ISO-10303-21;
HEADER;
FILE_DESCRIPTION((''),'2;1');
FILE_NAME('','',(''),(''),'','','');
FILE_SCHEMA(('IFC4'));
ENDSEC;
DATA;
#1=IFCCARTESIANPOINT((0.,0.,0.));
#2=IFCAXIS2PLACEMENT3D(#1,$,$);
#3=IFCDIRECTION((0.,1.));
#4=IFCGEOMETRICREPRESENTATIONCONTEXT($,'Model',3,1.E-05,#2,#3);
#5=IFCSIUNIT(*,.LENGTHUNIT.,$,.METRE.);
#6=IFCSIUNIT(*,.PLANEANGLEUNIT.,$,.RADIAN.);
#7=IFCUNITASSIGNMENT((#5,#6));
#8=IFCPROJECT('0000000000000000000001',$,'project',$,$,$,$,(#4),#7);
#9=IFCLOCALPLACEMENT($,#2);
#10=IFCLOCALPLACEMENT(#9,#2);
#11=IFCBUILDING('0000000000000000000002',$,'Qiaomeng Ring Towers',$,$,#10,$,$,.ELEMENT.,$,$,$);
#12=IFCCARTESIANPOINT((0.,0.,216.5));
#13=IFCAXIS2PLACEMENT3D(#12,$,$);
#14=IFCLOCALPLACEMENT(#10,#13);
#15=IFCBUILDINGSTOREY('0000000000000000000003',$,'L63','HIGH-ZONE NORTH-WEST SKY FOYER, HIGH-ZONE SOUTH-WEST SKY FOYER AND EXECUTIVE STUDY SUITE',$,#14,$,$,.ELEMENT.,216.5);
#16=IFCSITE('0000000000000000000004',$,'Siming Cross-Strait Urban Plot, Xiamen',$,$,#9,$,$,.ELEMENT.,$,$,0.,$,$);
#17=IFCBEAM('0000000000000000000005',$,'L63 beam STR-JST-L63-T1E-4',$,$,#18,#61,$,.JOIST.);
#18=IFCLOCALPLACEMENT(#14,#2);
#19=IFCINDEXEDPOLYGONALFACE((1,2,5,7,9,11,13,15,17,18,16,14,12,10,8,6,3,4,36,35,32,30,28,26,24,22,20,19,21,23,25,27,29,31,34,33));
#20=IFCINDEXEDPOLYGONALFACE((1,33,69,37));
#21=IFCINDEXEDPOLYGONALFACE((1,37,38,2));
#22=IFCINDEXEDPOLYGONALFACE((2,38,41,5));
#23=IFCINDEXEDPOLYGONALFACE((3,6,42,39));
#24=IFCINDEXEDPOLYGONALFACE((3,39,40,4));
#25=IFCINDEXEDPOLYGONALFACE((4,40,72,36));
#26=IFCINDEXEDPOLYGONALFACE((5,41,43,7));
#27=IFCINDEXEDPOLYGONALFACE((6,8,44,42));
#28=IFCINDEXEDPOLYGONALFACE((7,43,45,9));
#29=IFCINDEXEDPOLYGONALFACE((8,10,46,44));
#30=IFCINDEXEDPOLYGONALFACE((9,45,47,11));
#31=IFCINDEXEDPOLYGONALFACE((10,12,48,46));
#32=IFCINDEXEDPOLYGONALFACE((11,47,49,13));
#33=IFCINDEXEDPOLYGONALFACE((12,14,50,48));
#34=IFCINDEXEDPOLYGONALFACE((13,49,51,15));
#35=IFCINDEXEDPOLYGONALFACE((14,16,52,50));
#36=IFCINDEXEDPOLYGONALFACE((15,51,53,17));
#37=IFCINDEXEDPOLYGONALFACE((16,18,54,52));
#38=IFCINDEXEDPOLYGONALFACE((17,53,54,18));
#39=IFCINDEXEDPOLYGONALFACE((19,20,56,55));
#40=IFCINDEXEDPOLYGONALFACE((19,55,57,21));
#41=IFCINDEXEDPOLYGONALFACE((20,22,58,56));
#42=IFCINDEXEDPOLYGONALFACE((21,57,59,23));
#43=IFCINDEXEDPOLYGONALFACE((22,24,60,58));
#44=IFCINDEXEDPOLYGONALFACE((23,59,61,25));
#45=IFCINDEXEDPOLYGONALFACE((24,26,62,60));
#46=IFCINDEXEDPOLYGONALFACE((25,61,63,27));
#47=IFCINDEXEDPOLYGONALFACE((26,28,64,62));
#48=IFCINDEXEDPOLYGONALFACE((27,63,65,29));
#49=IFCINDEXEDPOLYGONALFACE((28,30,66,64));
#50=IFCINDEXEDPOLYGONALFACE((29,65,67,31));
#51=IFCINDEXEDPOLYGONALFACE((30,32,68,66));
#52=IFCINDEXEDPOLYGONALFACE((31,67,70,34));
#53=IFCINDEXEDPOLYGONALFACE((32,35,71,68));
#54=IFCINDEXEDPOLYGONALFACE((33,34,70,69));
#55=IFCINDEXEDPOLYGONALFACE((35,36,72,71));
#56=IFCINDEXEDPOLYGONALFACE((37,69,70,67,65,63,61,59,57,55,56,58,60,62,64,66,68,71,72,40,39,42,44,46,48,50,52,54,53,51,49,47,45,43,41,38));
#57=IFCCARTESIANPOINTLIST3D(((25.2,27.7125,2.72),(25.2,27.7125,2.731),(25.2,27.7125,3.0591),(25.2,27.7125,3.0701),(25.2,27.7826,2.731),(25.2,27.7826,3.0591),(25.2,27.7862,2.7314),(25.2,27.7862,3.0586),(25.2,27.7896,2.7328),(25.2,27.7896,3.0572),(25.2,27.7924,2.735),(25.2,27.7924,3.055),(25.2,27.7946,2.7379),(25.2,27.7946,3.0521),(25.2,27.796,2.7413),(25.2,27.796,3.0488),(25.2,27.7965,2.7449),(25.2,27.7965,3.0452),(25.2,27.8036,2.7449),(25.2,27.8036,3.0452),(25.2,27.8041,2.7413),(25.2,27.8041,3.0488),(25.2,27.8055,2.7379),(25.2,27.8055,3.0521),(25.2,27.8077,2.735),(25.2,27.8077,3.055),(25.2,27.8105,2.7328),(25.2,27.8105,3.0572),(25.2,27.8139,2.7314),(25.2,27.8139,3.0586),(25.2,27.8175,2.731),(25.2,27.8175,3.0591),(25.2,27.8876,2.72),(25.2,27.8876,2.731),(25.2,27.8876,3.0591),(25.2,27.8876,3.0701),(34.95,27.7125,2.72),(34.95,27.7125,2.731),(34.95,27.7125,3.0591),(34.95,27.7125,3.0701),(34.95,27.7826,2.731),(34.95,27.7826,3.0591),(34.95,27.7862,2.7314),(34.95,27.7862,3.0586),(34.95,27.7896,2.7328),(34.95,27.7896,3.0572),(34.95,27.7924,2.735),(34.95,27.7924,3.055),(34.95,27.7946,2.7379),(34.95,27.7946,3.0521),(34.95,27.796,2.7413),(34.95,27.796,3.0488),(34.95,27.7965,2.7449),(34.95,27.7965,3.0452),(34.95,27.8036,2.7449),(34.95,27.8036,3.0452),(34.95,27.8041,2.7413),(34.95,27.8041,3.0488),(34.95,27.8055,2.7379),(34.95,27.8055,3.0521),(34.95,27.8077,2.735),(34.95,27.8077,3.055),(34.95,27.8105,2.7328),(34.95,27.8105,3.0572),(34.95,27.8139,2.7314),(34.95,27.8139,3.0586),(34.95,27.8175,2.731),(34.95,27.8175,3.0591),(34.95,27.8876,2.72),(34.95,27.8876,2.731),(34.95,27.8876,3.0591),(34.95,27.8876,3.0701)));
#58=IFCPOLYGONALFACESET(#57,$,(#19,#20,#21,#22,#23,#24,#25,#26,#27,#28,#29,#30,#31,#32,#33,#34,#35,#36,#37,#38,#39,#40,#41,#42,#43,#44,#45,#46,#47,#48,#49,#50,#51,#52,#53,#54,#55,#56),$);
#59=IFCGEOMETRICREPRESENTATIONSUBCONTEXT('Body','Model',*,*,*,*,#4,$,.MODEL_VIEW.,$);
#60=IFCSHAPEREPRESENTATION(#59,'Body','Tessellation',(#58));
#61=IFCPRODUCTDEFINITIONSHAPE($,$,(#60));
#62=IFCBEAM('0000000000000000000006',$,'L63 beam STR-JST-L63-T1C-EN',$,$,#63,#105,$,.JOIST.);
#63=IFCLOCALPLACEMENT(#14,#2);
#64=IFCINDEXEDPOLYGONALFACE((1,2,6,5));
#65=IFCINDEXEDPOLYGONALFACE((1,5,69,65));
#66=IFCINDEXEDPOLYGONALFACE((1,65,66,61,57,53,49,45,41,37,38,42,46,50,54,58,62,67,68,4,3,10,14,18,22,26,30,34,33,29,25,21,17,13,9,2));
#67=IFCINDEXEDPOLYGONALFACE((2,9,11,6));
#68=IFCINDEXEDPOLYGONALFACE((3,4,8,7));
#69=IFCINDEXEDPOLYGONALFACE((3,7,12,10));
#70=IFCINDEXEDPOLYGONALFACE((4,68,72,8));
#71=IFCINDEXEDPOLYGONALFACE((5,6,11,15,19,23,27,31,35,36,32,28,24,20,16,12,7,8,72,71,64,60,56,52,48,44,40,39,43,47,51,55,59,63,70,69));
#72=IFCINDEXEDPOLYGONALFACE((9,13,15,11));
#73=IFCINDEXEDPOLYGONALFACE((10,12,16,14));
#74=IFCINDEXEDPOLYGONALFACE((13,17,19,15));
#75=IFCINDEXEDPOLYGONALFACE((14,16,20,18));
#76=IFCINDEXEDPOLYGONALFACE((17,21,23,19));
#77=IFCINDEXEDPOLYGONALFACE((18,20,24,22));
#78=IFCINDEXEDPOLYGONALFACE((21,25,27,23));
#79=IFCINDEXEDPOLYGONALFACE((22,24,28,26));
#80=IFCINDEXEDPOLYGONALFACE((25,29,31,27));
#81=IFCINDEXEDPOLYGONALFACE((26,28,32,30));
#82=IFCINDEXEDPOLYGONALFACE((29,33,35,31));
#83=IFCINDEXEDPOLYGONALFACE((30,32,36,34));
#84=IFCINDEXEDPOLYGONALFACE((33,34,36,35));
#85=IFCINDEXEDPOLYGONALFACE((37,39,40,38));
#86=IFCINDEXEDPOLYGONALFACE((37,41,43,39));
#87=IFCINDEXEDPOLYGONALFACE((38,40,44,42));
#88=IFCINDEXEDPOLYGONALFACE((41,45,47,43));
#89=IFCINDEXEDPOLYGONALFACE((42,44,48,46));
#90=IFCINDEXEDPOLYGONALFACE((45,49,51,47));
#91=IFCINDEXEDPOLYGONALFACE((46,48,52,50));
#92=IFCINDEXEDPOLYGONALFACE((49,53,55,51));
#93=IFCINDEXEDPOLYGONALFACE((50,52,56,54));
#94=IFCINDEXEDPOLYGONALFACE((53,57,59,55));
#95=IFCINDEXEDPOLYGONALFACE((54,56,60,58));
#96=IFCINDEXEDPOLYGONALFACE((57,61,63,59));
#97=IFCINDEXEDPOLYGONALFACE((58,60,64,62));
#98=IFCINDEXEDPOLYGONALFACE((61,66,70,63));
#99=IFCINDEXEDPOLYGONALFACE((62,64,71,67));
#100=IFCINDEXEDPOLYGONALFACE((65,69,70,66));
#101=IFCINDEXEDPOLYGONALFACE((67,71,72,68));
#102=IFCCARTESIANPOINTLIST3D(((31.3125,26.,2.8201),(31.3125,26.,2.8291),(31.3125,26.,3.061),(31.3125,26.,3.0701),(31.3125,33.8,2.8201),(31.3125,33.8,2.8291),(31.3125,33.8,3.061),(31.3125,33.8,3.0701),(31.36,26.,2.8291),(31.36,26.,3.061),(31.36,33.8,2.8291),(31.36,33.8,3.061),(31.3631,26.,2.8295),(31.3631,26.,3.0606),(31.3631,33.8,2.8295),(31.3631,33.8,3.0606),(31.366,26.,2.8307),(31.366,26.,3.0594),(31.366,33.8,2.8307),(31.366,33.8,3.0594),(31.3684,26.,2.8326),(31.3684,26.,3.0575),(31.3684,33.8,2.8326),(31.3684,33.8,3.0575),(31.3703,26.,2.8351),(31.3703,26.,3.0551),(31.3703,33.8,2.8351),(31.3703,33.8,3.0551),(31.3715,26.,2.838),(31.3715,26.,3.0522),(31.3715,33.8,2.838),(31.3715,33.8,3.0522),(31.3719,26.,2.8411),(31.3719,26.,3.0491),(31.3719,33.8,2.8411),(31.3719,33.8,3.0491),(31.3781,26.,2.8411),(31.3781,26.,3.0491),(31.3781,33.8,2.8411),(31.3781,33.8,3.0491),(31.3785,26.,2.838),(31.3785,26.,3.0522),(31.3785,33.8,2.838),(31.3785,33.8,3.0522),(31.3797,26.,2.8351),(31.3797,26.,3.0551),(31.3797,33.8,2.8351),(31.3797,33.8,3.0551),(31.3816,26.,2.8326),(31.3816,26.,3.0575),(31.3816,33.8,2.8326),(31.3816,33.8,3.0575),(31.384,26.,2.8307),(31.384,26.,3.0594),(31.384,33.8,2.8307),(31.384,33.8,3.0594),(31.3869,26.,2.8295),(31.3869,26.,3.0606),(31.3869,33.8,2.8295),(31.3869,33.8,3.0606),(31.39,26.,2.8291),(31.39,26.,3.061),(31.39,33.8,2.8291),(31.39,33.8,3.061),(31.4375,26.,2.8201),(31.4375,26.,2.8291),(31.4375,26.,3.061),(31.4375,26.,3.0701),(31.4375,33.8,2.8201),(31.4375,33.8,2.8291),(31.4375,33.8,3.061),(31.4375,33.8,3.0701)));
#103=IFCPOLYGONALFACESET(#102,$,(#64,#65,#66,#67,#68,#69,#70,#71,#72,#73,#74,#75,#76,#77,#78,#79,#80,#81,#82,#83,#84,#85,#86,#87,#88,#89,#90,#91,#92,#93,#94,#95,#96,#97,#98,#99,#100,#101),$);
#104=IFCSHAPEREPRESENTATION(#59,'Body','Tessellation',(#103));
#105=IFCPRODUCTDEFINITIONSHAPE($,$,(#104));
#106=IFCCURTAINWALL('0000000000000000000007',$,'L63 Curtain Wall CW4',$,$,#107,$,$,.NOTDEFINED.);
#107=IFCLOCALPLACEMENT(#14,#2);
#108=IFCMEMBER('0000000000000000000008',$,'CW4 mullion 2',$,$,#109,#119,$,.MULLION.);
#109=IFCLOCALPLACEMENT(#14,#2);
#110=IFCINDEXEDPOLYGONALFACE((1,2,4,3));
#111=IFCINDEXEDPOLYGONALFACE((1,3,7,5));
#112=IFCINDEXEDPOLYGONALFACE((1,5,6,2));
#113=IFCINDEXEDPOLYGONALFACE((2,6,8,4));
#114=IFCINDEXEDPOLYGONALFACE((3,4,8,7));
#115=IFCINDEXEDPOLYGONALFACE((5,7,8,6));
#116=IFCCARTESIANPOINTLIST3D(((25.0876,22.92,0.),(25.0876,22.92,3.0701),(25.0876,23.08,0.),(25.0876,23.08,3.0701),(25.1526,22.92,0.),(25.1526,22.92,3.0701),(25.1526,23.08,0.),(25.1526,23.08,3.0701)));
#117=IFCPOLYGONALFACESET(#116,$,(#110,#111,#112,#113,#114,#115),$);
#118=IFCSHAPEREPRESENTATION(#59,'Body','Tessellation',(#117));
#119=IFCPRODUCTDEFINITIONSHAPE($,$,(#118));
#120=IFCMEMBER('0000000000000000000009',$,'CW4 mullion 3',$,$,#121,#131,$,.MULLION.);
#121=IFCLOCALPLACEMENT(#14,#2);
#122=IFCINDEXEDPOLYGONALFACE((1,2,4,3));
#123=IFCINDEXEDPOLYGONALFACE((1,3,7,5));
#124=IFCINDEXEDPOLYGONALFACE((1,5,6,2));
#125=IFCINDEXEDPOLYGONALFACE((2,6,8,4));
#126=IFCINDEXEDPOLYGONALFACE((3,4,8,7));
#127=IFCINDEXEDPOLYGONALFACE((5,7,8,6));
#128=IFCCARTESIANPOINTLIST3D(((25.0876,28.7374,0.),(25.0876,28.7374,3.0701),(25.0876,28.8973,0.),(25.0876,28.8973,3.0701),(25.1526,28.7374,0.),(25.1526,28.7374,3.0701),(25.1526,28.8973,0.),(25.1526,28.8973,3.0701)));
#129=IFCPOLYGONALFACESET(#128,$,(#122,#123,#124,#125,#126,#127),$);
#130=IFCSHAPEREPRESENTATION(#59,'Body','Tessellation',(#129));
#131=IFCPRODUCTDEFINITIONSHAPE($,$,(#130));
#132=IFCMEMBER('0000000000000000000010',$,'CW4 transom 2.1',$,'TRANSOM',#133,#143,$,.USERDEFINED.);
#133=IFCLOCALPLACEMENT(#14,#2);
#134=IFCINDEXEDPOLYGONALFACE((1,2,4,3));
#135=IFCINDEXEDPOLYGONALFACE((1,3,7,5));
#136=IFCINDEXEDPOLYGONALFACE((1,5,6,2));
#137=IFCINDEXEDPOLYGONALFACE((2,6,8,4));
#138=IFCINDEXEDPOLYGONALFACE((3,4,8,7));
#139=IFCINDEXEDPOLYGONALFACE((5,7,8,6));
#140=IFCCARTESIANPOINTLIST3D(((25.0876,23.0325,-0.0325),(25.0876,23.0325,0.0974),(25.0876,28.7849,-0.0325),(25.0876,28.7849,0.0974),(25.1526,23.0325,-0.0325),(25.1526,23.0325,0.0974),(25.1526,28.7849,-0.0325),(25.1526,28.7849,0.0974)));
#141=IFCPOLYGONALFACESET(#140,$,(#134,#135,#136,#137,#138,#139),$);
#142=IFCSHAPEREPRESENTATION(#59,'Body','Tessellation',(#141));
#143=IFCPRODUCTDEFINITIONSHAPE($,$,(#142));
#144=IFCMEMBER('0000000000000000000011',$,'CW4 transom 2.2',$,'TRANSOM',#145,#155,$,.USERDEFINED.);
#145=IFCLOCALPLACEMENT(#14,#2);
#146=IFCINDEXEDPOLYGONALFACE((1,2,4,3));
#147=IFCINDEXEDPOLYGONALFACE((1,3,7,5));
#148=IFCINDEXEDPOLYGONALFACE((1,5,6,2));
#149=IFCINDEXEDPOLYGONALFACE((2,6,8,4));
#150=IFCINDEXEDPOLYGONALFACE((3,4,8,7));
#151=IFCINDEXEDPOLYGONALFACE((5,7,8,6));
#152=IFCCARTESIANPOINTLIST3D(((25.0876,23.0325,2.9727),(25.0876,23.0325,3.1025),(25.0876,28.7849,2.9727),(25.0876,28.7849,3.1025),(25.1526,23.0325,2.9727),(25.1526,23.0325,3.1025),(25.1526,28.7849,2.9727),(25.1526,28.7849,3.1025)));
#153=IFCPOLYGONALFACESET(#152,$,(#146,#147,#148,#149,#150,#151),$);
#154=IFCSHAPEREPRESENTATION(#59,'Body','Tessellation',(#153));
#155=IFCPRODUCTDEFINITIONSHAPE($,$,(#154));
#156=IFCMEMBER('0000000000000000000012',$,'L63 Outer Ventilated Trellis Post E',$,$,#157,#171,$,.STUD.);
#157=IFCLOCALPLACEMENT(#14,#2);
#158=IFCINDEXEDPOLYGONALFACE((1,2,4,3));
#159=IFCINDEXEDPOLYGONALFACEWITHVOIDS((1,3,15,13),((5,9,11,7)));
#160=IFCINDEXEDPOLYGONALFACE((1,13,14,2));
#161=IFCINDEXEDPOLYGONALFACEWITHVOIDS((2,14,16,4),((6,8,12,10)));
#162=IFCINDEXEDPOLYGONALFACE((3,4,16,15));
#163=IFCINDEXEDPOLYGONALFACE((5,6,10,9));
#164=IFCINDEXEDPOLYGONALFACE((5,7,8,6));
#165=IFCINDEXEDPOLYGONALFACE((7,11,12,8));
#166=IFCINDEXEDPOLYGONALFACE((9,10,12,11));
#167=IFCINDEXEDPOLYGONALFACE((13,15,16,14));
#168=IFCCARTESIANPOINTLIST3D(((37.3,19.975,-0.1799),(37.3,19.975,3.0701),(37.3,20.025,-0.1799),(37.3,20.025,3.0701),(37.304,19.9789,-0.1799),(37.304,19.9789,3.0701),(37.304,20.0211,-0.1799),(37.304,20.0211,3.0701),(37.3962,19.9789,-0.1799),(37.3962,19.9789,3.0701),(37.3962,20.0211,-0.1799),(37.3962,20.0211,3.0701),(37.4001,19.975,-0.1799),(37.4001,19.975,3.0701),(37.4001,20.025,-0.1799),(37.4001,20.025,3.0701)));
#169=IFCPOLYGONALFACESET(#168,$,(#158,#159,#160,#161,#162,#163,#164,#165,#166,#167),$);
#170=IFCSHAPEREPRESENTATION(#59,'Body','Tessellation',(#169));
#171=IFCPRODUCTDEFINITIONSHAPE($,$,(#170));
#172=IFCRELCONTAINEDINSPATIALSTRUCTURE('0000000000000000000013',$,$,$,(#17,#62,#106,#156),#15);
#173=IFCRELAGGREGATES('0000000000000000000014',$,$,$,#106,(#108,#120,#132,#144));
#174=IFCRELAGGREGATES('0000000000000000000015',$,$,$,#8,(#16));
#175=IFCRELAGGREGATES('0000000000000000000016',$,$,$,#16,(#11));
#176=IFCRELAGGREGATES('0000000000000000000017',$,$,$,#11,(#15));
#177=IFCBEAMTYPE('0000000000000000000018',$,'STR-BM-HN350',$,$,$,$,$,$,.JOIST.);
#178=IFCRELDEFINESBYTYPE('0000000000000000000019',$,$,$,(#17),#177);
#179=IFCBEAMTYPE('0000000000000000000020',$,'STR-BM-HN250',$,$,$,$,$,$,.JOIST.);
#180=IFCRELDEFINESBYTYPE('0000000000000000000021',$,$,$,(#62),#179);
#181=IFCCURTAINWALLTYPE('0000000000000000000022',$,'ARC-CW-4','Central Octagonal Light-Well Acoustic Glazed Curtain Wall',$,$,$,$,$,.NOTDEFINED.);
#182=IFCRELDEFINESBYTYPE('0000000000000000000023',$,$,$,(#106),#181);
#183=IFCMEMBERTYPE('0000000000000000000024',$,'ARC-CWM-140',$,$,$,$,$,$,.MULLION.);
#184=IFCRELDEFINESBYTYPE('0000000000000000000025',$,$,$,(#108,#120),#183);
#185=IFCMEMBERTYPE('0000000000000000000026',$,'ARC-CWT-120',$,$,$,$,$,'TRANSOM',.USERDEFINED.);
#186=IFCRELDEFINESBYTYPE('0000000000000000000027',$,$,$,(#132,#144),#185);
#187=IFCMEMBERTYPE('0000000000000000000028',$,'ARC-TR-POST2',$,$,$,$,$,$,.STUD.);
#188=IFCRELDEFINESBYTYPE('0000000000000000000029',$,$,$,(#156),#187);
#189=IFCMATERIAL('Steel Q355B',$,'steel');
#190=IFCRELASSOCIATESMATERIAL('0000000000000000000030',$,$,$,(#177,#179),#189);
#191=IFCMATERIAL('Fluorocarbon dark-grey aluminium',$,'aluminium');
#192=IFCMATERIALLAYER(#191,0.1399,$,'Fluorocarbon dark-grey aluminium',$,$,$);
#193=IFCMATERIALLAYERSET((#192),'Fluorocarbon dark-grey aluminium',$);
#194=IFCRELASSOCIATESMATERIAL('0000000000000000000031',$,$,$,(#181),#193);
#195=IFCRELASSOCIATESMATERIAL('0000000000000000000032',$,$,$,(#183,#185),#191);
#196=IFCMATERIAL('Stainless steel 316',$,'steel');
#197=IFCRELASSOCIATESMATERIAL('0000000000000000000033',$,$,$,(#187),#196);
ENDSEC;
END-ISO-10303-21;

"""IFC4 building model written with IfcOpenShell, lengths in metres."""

from ifc_helpers import new_model, si_unit, direction, frame, origin, origin_2d, place, context, subcontext, project, spatial, rectangle, hollow_rectangle, i_section, extrude, source, transform, mapped, material, layer, layer_set, material_profile, profile_set, type_object, element, aggregate, save


model = new_model("IFC4")

# Units and contexts
model_context = context("Model", 3, precision=1e-05, world=origin(), true_north=direction((0.0, 1.0)))
body_context = subcontext(model_context, "Body", "Model", "MODEL_VIEW")
ifc_project = project(units=[si_unit("LENGTHUNIT", "METRE"), si_unit("PLANEANGLEUNIT", "RADIAN")], contexts=[model_context])

# Site, building, storey
site_placement = place(None, origin())
site = spatial("IfcSite", under=ifc_project, at=site_placement, Name="Siming Cross-Strait Urban Plot, Xiamen", CompositionType="ELEMENT", RefElevation=0.0)
building_placement = place(site_placement, origin())
building = spatial("IfcBuilding", under=site, at=building_placement, Name="Qiaomeng Ring Towers", CompositionType="ELEMENT")
storey_placement = place(building_placement, frame((0.0, 0.0, 216.5)))
storey = spatial("IfcBuildingStorey", under=building, at=storey_placement, Name="L63", Description="HIGH-ZONE NORTH-WEST SKY FOYER, HIGH-ZONE SOUTH-WEST SKY FOYER AND EXECUTIVE STUDY SUITE", CompositionType="ELEMENT", Elevation=216.5)

# Beams
ifc_material_1 = material(Name="Steel Q355B", Category="steel")
ifc_material_profile_1 = material_profile(ifc_material_1, i_section(OverallWidth=0.175, OverallDepth=0.3501, WebThickness=0.0071, FlangeThickness=0.011, FilletRadius=0.0139, at=origin_2d()), Name="HN 350x175x7x11")
ifc_profile_set_1 = profile_set([ifc_material_profile_1], Name="Steel Q355B")
beam_type_1 = type_object("IfcBeamType", Name="STR-BM-HN350", PredefinedType="JOIST", material=ifc_profile_set_1)
shared_shape_1 = source(origin(), body_context, "Body", "SweptSolid", [
    extrude(i_section(OverallWidth=0.175, OverallDepth=0.3501, WebThickness=0.0071, FlangeThickness=0.011, FilletRadius=0.0139, at=origin_2d()), origin(), (0.0, 0.0, 1.0), 9.75),
])
for number, where, z_axis, x_axis, name in (
    (1, (25.2, 27.8, 2.895), (1.0, 0.0, 0.0), (0.0, 1.0, 0.0), "L63 beam STR-JST-L63-T1E-4"),
):
    element("IfcBeam", number, at=place(storey_placement, frame(where, z_axis=z_axis, x_axis=x_axis)), inside=storey, type_object=beam_type_1, Name=name, PredefinedType="JOIST", context=body_context, shape_type="MappedRepresentation", body=[
        mapped(shared_shape_1, transform((0.0, 0.0, 0.0), x_axis=(1.0, 0.0, 0.0), y_axis=(0.0, 1.0, 0.0), z_axis=(0.0, 0.0, 1.0), scale=1.0)),
    ])
ifc_material_profile_2 = material_profile(ifc_material_1, i_section(OverallWidth=0.125, OverallDepth=0.25, WebThickness=0.0061, FlangeThickness=0.009, FilletRadius=0.012, at=origin_2d()), Name="HN 250x125x6x9")
ifc_profile_set_2 = profile_set([ifc_material_profile_2], Name="Steel Q355B")
beam_type_2 = type_object("IfcBeamType", Name="STR-BM-HN250", PredefinedType="JOIST", material=ifc_profile_set_2)
shared_shape_2 = source(origin(), body_context, "Body", "SweptSolid", [
    extrude(i_section(OverallWidth=0.125, OverallDepth=0.25, WebThickness=0.0061, FlangeThickness=0.009, FilletRadius=0.012, at=origin_2d()), origin(), (0.0, 0.0, 1.0), 7.8),
])
beam_1_placement = place(storey_placement, frame((31.375, 26.0, 2.9451), z_axis=(0.0, 1.0, 0.0), x_axis=(-1.0, 0.0, 0.0)))
element("IfcBeam", 2, at=beam_1_placement, inside=storey, type_object=beam_type_2, Name="L63 beam STR-JST-L63-T1C-EN", PredefinedType="JOIST", context=body_context, shape_type="MappedRepresentation", body=[
    mapped(shared_shape_2, transform((0.0, 0.0, 0.0), x_axis=(1.0, 0.0, 0.0), y_axis=(0.0, 1.0, 0.0), z_axis=(0.0, 0.0, 1.0), scale=1.0)),
])

# Curtain wall, members
ifc_material_2 = material(Name="Fluorocarbon dark-grey aluminium", Category="aluminium")
ifc_layer_1 = layer(ifc_material_2, 0.1399, Name="Fluorocarbon dark-grey aluminium")
ifc_layer_set_1 = layer_set([ifc_layer_1], Name="Fluorocarbon dark-grey aluminium")
curtain_wall_type = type_object("IfcCurtainWallType", Name="ARC-CW-4", Description="Central Octagonal Light-Well Acoustic Glazed Curtain Wall", PredefinedType="NOTDEFINED", material=ifc_layer_set_1)
curtain_wall_placement = place(storey_placement, origin())
curtain_wall = element("IfcCurtainWall", 3, at=curtain_wall_placement, inside=storey, type_object=curtain_wall_type, Name="L63 Curtain Wall CW4", PredefinedType="NOTDEFINED")
ifc_material_profile_3 = material_profile(ifc_material_2, rectangle(XDim=0.0649, YDim=0.1599, at=origin_2d()), Name="ALU MULL 65x160")
ifc_profile_set_3 = profile_set([ifc_material_profile_3], Name="Fluorocarbon dark-grey aluminium")
member_type_1 = type_object("IfcMemberType", Name="ARC-CWM-140", PredefinedType="MULLION", material=ifc_profile_set_3)
shared_shape_3 = source(origin(), body_context, "Body", "SweptSolid", [
    extrude(rectangle(XDim=0.0649, YDim=0.1599, at=origin_2d()), origin(), (0.0, 0.0, 1.0), 3.0701),
])
member_1_placement = place(storey_placement, frame((25.1201, 23.0, 0.0), z_axis=(0.0, 0.0, 1.0), x_axis=(-1.0, 0.0, 0.0)))
member_1 = element("IfcMember", 4, at=member_1_placement, type_object=member_type_1, Name="CW4 mullion 2", PredefinedType="MULLION", context=body_context, shape_type="MappedRepresentation", body=[
    mapped(shared_shape_3, transform((0.0, 0.0, 0.0), x_axis=(1.0, 0.0, 0.0), y_axis=(0.0, 1.0, 0.0), z_axis=(0.0, 0.0, 1.0), scale=1.0)),
])
member_2_placement = place(storey_placement, frame((25.1201, 28.8174, 0.0), z_axis=(0.0, 0.0, 1.0), x_axis=(-1.0, 0.0, 0.0)))
member_2 = element("IfcMember", 5, at=member_2_placement, type_object=member_type_1, Name="CW4 mullion 3", PredefinedType="MULLION", context=body_context, shape_type="MappedRepresentation", body=[
    mapped(shared_shape_3, transform((0.0, 0.0, 0.0), x_axis=(1.0, 0.0, 0.0), y_axis=(0.0, 1.0, 0.0), z_axis=(0.0, 0.0, 1.0), scale=1.0)),
])
ifc_material_profile_4 = material_profile(ifc_material_2, rectangle(XDim=0.0649, YDim=0.1299, at=origin_2d()), Name="ALU TRAN 65x130")
ifc_profile_set_4 = profile_set([ifc_material_profile_4], Name="Fluorocarbon dark-grey aluminium")
member_type_2 = type_object("IfcMemberType", Name="ARC-CWT-120", ElementType="TRANSOM", PredefinedType="USERDEFINED", material=ifc_profile_set_4)
shared_shape_4 = source(origin(), body_context, "Body", "SweptSolid", [
    extrude(rectangle(XDim=0.0649, YDim=0.1299, at=origin_2d()), origin(), (0.0, 0.0, 1.0), 5.7524),
])
member_3_placement = place(storey_placement, frame((25.1201, 23.0325, 0.0325), z_axis=(0.0, 1.0, 0.0), x_axis=(-1.0, 0.0, 0.0)))
member_3 = element("IfcMember", 6, at=member_3_placement, type_object=member_type_2, Name="CW4 transom 2.1", ObjectType="TRANSOM", PredefinedType="USERDEFINED", context=body_context, shape_type="MappedRepresentation", body=[
    mapped(shared_shape_4, transform((0.0, 0.0, 0.0), x_axis=(1.0, 0.0, 0.0), y_axis=(0.0, 1.0, 0.0), z_axis=(0.0, 0.0, 1.0), scale=1.0)),
])
member_4_placement = place(storey_placement, frame((25.1201, 23.0325, 3.0376), z_axis=(0.0, 1.0, 0.0), x_axis=(-1.0, 0.0, 0.0)))
member_4 = element("IfcMember", 7, at=member_4_placement, type_object=member_type_2, Name="CW4 transom 2.2", ObjectType="TRANSOM", PredefinedType="USERDEFINED", context=body_context, shape_type="MappedRepresentation", body=[
    mapped(shared_shape_4, transform((0.0, 0.0, 0.0), x_axis=(1.0, 0.0, 0.0), y_axis=(0.0, 1.0, 0.0), z_axis=(0.0, 0.0, 1.0), scale=1.0)),
])

# Member
ifc_material_3 = material(Name="Stainless steel 316", Category="steel")
ifc_material_profile_5 = material_profile(ifc_material_3, hollow_rectangle(XDim=0.05, YDim=0.1001, WallThickness=0.0039, at=origin_2d()), Name="SS TRELLIS 100x50")
ifc_profile_set_5 = profile_set([ifc_material_profile_5], Name="Stainless steel 316")
member_type_3 = type_object("IfcMemberType", Name="ARC-TR-POST2", PredefinedType="STUD", material=ifc_profile_set_5)
shared_shape_5 = source(origin(), body_context, "Body", "SweptSolid", [
    extrude(hollow_rectangle(XDim=0.05, YDim=0.1001, WallThickness=0.0039, at=origin_2d()), origin(), (0.0, 0.0, 1.0), 3.25),
])
member_5_placement = place(storey_placement, frame((37.3501, 20.0, -0.1799), z_axis=(0.0, 0.0, 1.0), x_axis=(0.0, 1.0, 0.0)))
element("IfcMember", 8, at=member_5_placement, inside=storey, type_object=member_type_3, Name="L63 Outer Ventilated Trellis Post E", PredefinedType="STUD", context=body_context, shape_type="MappedRepresentation", body=[
    mapped(shared_shape_5, transform((0.0, 0.0, 0.0), x_axis=(1.0, 0.0, 0.0), y_axis=(0.0, 1.0, 0.0), z_axis=(0.0, 0.0, 1.0), scale=1.0)),
])

aggregate(curtain_wall, [member_1, member_2, member_3, member_4])

save(model, "model.ifc")
